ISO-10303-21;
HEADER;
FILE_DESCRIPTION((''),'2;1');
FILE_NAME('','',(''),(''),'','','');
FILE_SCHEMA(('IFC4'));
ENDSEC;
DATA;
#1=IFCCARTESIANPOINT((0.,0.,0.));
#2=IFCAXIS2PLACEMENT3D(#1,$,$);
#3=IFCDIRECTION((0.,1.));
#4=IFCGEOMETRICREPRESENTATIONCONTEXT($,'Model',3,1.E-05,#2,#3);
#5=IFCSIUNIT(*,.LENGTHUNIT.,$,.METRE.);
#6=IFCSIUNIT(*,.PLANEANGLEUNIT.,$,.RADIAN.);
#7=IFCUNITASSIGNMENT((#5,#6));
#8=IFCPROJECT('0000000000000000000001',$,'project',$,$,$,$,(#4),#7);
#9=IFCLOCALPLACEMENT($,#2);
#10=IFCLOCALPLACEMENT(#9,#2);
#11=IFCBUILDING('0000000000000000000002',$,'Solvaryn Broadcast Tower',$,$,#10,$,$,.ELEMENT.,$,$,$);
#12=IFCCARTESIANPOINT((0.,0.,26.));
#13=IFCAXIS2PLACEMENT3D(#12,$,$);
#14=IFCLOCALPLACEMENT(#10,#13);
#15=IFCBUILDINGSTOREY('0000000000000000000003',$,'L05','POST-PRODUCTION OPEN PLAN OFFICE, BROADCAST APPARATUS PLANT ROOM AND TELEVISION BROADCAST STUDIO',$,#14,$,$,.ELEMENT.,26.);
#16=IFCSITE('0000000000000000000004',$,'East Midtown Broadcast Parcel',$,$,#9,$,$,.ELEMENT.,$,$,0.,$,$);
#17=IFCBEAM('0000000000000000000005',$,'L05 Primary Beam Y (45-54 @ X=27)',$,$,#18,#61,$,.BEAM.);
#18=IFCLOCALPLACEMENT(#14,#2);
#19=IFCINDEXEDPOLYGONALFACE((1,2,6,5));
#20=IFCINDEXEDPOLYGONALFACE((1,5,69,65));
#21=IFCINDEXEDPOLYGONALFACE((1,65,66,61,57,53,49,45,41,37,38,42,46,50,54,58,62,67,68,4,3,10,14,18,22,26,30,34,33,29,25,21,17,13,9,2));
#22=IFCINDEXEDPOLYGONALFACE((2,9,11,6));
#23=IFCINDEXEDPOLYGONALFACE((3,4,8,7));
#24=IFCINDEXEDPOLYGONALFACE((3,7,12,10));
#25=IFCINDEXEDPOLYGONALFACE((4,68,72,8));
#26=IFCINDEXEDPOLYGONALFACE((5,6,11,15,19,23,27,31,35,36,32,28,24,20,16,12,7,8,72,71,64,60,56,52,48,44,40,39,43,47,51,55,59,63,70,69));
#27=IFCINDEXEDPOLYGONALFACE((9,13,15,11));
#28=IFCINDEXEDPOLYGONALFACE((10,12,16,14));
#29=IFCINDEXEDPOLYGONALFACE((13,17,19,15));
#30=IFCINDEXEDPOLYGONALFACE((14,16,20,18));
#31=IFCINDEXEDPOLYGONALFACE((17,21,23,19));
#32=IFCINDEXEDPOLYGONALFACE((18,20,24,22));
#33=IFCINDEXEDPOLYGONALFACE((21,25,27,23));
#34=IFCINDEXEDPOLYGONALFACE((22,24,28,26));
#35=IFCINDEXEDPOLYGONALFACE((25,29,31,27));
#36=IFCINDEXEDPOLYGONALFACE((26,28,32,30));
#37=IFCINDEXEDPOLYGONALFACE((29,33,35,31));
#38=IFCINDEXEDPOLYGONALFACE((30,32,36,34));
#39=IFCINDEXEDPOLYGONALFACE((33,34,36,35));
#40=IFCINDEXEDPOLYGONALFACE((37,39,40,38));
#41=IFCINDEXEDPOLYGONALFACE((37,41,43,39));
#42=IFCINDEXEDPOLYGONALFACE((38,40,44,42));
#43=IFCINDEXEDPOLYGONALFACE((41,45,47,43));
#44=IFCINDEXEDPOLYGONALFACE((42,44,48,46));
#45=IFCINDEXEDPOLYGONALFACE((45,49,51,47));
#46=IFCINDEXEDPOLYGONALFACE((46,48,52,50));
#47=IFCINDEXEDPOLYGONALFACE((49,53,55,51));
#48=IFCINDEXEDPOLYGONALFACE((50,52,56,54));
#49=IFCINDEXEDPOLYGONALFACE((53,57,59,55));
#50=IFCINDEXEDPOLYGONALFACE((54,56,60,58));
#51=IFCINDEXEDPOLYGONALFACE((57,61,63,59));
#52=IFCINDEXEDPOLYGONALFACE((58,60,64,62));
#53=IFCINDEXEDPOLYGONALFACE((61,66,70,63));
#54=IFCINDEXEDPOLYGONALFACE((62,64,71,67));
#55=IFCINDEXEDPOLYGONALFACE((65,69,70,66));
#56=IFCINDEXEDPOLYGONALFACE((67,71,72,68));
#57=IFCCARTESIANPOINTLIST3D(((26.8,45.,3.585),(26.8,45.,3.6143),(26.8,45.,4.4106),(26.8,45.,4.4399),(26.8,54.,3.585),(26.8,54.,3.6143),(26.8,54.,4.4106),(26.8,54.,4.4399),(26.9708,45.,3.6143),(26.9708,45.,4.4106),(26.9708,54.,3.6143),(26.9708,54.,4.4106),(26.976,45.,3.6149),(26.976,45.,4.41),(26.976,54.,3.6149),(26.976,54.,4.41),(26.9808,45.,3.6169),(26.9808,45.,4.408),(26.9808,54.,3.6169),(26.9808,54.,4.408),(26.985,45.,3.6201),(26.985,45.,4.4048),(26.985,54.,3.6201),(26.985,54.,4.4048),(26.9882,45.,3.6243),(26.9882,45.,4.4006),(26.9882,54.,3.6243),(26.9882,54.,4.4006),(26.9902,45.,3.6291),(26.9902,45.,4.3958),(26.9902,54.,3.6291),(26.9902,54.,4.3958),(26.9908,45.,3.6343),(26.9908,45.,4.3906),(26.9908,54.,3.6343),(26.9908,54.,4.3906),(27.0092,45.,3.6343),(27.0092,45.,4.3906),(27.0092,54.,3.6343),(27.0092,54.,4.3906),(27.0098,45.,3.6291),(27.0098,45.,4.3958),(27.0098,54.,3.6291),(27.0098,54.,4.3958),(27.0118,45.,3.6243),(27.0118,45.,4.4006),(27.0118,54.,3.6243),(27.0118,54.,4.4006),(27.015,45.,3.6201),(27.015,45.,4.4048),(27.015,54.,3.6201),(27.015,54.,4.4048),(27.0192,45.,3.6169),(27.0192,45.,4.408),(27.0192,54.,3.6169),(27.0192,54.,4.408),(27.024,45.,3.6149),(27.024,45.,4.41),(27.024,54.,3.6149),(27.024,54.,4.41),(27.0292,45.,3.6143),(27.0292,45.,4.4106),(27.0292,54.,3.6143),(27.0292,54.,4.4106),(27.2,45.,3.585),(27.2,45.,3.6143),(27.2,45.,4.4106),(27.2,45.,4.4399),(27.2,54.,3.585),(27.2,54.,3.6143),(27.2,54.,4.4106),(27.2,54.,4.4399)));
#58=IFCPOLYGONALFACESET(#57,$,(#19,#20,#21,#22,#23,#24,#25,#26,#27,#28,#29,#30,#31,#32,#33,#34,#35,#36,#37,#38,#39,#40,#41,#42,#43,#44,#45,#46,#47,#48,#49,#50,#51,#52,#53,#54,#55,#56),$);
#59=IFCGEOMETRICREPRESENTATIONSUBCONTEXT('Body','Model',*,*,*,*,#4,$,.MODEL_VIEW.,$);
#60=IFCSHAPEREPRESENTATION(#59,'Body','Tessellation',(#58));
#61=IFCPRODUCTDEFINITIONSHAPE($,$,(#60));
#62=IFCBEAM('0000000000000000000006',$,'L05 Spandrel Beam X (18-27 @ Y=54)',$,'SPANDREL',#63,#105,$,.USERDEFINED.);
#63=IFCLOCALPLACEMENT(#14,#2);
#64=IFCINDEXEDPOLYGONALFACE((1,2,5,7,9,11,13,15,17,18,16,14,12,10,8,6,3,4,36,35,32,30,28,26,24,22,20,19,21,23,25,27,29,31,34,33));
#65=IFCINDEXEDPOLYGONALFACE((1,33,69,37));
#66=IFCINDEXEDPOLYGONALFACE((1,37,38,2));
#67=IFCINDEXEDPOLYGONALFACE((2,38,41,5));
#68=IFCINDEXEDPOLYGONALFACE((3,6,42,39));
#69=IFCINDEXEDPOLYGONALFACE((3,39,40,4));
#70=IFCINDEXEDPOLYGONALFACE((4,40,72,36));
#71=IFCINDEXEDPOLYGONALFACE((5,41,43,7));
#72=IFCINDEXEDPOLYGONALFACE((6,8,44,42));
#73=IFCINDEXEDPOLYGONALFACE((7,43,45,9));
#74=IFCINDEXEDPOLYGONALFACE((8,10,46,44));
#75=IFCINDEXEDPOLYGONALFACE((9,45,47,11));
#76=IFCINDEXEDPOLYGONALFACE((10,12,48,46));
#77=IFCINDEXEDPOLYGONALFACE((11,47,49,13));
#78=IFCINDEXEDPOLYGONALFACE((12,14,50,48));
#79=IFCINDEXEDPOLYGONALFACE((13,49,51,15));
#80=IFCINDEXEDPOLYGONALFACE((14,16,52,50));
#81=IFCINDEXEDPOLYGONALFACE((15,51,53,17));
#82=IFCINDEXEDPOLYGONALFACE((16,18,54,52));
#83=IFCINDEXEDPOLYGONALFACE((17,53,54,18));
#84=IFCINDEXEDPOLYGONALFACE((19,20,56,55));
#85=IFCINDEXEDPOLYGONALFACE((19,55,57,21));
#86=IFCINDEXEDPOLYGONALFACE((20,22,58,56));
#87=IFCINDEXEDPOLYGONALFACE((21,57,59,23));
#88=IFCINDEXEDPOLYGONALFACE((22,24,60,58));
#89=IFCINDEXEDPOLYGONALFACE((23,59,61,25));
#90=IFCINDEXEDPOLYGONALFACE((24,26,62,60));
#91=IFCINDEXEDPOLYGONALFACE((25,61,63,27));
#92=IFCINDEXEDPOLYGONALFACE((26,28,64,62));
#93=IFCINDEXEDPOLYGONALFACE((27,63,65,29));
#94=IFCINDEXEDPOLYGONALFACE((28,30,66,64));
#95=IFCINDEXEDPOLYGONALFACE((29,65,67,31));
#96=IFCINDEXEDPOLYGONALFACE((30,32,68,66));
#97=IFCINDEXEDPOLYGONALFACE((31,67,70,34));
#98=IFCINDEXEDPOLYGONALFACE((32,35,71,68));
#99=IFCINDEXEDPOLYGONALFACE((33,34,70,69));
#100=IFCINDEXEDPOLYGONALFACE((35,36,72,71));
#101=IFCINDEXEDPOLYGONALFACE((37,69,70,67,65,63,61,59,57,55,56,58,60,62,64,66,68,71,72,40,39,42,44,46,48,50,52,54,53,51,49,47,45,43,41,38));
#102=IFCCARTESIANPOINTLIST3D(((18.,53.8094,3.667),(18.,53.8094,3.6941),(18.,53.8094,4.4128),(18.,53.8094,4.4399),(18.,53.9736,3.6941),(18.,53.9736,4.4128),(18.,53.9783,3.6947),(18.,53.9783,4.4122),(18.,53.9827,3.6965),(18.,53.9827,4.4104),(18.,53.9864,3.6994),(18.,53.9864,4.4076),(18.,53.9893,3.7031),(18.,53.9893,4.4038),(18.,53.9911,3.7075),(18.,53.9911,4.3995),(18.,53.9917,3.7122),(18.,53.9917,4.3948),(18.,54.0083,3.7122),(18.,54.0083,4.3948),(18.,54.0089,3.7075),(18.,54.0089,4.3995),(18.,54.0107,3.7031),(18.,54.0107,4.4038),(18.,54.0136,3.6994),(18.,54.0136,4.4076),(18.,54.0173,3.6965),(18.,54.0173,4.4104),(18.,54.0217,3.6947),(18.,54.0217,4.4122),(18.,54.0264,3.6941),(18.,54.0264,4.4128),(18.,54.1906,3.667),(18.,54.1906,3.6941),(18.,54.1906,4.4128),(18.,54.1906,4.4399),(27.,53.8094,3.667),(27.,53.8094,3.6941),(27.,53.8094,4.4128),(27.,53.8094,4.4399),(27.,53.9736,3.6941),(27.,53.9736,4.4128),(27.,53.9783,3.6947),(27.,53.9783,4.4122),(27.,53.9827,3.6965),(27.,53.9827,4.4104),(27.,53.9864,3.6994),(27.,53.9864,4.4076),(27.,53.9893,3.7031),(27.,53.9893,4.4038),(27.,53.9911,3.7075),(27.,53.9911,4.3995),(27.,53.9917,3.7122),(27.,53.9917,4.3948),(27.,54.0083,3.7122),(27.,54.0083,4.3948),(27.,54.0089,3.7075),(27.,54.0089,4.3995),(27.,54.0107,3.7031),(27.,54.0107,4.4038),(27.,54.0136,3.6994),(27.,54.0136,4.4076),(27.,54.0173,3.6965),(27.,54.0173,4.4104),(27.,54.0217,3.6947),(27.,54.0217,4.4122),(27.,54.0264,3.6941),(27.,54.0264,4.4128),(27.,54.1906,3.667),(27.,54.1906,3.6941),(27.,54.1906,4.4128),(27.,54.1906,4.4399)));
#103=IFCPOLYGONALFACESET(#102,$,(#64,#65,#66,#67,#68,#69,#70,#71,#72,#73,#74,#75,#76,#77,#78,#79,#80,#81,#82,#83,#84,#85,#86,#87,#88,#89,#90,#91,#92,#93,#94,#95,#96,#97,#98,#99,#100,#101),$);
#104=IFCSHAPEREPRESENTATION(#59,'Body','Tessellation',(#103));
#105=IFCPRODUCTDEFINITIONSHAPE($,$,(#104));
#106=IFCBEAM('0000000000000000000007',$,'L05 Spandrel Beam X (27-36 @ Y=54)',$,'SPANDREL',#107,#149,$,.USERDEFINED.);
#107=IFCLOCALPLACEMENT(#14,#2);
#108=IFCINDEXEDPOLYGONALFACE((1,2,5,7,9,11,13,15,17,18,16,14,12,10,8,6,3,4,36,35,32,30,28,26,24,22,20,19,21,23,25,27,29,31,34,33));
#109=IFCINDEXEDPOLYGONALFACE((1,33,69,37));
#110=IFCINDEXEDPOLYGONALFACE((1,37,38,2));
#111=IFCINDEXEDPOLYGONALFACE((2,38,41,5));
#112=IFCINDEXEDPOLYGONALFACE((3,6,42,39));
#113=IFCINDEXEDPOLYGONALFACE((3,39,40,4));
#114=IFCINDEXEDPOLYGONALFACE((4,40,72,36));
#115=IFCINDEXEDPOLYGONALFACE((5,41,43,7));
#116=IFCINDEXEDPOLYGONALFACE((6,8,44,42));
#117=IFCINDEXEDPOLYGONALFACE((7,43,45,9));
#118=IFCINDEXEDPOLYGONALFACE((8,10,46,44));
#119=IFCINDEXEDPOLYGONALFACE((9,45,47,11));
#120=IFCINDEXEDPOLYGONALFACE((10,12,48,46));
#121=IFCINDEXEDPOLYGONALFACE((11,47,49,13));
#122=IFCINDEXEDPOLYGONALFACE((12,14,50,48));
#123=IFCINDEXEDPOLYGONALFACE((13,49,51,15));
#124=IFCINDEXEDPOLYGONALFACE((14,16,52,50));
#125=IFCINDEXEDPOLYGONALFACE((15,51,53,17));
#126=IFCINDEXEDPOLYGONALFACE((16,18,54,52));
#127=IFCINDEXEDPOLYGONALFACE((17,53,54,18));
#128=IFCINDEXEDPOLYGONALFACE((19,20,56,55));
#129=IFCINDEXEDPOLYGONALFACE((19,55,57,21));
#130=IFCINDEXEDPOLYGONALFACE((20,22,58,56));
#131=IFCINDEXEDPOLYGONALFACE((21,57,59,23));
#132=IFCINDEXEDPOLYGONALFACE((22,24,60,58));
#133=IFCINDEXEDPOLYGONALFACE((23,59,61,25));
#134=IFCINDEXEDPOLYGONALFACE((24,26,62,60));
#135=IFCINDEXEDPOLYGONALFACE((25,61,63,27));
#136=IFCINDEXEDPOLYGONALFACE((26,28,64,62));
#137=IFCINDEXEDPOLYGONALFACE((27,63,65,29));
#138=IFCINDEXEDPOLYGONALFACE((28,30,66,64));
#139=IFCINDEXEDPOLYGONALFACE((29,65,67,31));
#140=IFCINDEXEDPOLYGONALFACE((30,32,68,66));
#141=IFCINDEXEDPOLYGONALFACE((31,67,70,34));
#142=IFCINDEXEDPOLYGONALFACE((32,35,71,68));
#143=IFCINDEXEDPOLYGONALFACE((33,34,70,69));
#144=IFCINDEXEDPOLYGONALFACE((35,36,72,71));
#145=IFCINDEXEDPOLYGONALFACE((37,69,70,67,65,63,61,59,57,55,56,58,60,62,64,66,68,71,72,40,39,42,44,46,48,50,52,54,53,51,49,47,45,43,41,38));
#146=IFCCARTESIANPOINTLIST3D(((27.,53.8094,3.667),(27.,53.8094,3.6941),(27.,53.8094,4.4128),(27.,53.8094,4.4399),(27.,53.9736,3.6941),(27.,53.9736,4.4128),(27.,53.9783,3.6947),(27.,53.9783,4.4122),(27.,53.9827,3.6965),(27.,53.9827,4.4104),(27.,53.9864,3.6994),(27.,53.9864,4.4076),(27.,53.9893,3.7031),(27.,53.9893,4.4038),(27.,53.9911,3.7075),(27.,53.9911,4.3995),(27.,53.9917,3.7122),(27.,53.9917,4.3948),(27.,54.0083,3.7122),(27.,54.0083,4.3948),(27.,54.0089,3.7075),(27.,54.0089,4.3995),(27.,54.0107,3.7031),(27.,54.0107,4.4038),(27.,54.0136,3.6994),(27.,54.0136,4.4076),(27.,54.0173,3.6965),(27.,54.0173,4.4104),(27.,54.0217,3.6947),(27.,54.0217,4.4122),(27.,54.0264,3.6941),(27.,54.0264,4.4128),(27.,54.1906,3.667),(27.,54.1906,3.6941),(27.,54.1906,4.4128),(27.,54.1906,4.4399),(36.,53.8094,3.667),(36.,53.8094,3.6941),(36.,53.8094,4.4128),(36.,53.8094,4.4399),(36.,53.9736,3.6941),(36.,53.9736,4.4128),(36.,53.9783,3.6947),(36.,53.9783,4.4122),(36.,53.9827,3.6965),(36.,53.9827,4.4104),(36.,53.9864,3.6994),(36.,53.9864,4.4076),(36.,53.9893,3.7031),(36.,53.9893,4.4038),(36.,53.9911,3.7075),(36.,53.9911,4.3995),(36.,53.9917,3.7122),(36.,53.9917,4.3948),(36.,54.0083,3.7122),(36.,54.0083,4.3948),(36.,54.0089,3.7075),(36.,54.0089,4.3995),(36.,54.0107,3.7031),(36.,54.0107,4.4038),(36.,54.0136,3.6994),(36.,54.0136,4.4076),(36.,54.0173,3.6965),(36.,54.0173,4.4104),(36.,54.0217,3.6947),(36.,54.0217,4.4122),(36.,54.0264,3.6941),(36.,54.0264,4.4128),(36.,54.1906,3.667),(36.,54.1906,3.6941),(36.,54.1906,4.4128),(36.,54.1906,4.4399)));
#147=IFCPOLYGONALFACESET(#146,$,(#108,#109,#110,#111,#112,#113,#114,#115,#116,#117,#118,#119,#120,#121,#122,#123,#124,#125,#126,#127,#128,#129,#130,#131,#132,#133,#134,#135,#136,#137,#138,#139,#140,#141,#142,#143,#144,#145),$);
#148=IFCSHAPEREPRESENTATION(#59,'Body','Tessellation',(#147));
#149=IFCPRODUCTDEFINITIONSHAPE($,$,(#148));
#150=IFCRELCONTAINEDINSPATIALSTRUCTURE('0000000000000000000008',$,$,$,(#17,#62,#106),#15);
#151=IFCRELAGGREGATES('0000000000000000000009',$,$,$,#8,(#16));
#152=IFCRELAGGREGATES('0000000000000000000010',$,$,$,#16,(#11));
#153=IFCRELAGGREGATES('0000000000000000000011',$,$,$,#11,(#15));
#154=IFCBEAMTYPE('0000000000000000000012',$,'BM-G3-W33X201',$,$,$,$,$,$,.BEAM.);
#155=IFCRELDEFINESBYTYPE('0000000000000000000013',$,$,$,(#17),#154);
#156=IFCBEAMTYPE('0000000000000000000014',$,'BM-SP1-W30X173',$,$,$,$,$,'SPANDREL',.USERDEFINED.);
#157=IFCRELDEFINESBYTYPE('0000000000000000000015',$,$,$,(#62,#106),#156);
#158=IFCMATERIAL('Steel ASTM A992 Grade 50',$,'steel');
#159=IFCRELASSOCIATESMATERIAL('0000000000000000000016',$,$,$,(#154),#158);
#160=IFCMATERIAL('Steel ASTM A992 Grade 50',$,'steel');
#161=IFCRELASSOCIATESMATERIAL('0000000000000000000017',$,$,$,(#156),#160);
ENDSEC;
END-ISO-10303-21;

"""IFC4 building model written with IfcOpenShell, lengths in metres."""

from ifc_helpers import new_model, si_unit, direction, frame, origin, origin_2d, place, context, subcontext, project, spatial, i_section, extrude, material, material_profile, profile_set, type_object, element, save


model = new_model("IFC4")

# Units and contexts
model_context = context("Model", 3, precision=1e-05, world=origin(), true_north=direction((0.0, 1.0)))
body_context = subcontext(model_context, "Body", "Model", "MODEL_VIEW")
ifc_project = project(units=[si_unit("LENGTHUNIT", "METRE"), si_unit("PLANEANGLEUNIT", "RADIAN")], contexts=[model_context])

# Site, building, storey
site_placement = place(None, origin())
site = spatial("IfcSite", under=ifc_project, at=site_placement, Name="East Midtown Broadcast Parcel", CompositionType="ELEMENT", RefElevation=0.0)
building_placement = place(site_placement, origin())
building = spatial("IfcBuilding", under=site, at=building_placement, Name="Solvaryn Broadcast Tower", CompositionType="ELEMENT")
storey_placement = place(building_placement, frame((0.0, 0.0, 26.0)))
storey = spatial("IfcBuildingStorey", under=building, at=storey_placement, Name="L05", Description="POST-PRODUCTION OPEN PLAN OFFICE, BROADCAST APPARATUS PLANT ROOM AND TELEVISION BROADCAST STUDIO", CompositionType="ELEMENT", Elevation=26.0)

# Beams
ifc_material_1 = material(Name="Steel ASTM A992 Grade 50", Category="steel")
ifc_material_profile_1 = material_profile(ifc_material_1, i_section(OverallWidth=0.3999, OverallDepth=0.855, WebThickness=0.0183, FlangeThickness=0.0293, FilletRadius=0.02, at=origin_2d()))
ifc_profile_set_1 = profile_set([ifc_material_profile_1], Name="Steel ASTM A992 Grade 50")
beam_type_1 = type_object("IfcBeamType", Name="BM-G3-W33X201", PredefinedType="BEAM", material=ifc_profile_set_1)
for number, where, z_axis, x_axis, name in (
    (1, (27.0, 45.0, 4.0125), (0.0, 1.0, 0.0), (-1.0, 0.0, 0.0), "L05 Primary Beam Y (45-54 @ X=27)"),
):
    element("IfcBeam", number, at=place(storey_placement, frame(where, z_axis=z_axis, x_axis=x_axis)), inside=storey, type_object=beam_type_1, Name=name, PredefinedType="BEAM", context=body_context, shape_type="SweptSolid", body=[
        extrude(i_section(OverallWidth=0.3999, OverallDepth=0.855, WebThickness=0.0183, FlangeThickness=0.0293, FilletRadius=0.02, at=origin_2d()), origin(), (0.0, 0.0, 1.0), 9.0),
    ])
ifc_material_2 = material(Name="Steel ASTM A992 Grade 50", Category="steel")
ifc_material_profile_2 = material_profile(ifc_material_2, i_section(OverallWidth=0.3811, OverallDepth=0.7729, WebThickness=0.0166, FlangeThickness=0.0271, FilletRadius=0.0181, at=origin_2d()))
ifc_profile_set_2 = profile_set([ifc_material_profile_2], Name="Steel ASTM A992 Grade 50")
beam_type_2 = type_object("IfcBeamType", Name="BM-SP1-W30X173", ElementType="SPANDREL", PredefinedType="USERDEFINED", material=ifc_profile_set_2)
for number, where, z_axis, x_axis, name in (
    (2, (18.0, 54.0, 4.0535), (1.0, 0.0, 0.0), (0.0, 1.0, 0.0), "L05 Spandrel Beam X (18-27 @ Y=54)"),
    (3, (27.0, 54.0, 4.0535), (1.0, 0.0, 0.0), (0.0, 1.0, 0.0), "L05 Spandrel Beam X (27-36 @ Y=54)"),
):
    element("IfcBeam", number, at=place(storey_placement, frame(where, z_axis=z_axis, x_axis=x_axis)), inside=storey, type_object=beam_type_2, Name=name, ObjectType="SPANDREL", PredefinedType="USERDEFINED", context=body_context, shape_type="SweptSolid", body=[
        extrude(i_section(OverallWidth=0.3811, OverallDepth=0.7729, WebThickness=0.0166, FlangeThickness=0.0271, FilletRadius=0.0181, at=origin_2d()), origin(), (0.0, 0.0, 1.0), 9.0),
    ])

save(model, "model.ifc")
